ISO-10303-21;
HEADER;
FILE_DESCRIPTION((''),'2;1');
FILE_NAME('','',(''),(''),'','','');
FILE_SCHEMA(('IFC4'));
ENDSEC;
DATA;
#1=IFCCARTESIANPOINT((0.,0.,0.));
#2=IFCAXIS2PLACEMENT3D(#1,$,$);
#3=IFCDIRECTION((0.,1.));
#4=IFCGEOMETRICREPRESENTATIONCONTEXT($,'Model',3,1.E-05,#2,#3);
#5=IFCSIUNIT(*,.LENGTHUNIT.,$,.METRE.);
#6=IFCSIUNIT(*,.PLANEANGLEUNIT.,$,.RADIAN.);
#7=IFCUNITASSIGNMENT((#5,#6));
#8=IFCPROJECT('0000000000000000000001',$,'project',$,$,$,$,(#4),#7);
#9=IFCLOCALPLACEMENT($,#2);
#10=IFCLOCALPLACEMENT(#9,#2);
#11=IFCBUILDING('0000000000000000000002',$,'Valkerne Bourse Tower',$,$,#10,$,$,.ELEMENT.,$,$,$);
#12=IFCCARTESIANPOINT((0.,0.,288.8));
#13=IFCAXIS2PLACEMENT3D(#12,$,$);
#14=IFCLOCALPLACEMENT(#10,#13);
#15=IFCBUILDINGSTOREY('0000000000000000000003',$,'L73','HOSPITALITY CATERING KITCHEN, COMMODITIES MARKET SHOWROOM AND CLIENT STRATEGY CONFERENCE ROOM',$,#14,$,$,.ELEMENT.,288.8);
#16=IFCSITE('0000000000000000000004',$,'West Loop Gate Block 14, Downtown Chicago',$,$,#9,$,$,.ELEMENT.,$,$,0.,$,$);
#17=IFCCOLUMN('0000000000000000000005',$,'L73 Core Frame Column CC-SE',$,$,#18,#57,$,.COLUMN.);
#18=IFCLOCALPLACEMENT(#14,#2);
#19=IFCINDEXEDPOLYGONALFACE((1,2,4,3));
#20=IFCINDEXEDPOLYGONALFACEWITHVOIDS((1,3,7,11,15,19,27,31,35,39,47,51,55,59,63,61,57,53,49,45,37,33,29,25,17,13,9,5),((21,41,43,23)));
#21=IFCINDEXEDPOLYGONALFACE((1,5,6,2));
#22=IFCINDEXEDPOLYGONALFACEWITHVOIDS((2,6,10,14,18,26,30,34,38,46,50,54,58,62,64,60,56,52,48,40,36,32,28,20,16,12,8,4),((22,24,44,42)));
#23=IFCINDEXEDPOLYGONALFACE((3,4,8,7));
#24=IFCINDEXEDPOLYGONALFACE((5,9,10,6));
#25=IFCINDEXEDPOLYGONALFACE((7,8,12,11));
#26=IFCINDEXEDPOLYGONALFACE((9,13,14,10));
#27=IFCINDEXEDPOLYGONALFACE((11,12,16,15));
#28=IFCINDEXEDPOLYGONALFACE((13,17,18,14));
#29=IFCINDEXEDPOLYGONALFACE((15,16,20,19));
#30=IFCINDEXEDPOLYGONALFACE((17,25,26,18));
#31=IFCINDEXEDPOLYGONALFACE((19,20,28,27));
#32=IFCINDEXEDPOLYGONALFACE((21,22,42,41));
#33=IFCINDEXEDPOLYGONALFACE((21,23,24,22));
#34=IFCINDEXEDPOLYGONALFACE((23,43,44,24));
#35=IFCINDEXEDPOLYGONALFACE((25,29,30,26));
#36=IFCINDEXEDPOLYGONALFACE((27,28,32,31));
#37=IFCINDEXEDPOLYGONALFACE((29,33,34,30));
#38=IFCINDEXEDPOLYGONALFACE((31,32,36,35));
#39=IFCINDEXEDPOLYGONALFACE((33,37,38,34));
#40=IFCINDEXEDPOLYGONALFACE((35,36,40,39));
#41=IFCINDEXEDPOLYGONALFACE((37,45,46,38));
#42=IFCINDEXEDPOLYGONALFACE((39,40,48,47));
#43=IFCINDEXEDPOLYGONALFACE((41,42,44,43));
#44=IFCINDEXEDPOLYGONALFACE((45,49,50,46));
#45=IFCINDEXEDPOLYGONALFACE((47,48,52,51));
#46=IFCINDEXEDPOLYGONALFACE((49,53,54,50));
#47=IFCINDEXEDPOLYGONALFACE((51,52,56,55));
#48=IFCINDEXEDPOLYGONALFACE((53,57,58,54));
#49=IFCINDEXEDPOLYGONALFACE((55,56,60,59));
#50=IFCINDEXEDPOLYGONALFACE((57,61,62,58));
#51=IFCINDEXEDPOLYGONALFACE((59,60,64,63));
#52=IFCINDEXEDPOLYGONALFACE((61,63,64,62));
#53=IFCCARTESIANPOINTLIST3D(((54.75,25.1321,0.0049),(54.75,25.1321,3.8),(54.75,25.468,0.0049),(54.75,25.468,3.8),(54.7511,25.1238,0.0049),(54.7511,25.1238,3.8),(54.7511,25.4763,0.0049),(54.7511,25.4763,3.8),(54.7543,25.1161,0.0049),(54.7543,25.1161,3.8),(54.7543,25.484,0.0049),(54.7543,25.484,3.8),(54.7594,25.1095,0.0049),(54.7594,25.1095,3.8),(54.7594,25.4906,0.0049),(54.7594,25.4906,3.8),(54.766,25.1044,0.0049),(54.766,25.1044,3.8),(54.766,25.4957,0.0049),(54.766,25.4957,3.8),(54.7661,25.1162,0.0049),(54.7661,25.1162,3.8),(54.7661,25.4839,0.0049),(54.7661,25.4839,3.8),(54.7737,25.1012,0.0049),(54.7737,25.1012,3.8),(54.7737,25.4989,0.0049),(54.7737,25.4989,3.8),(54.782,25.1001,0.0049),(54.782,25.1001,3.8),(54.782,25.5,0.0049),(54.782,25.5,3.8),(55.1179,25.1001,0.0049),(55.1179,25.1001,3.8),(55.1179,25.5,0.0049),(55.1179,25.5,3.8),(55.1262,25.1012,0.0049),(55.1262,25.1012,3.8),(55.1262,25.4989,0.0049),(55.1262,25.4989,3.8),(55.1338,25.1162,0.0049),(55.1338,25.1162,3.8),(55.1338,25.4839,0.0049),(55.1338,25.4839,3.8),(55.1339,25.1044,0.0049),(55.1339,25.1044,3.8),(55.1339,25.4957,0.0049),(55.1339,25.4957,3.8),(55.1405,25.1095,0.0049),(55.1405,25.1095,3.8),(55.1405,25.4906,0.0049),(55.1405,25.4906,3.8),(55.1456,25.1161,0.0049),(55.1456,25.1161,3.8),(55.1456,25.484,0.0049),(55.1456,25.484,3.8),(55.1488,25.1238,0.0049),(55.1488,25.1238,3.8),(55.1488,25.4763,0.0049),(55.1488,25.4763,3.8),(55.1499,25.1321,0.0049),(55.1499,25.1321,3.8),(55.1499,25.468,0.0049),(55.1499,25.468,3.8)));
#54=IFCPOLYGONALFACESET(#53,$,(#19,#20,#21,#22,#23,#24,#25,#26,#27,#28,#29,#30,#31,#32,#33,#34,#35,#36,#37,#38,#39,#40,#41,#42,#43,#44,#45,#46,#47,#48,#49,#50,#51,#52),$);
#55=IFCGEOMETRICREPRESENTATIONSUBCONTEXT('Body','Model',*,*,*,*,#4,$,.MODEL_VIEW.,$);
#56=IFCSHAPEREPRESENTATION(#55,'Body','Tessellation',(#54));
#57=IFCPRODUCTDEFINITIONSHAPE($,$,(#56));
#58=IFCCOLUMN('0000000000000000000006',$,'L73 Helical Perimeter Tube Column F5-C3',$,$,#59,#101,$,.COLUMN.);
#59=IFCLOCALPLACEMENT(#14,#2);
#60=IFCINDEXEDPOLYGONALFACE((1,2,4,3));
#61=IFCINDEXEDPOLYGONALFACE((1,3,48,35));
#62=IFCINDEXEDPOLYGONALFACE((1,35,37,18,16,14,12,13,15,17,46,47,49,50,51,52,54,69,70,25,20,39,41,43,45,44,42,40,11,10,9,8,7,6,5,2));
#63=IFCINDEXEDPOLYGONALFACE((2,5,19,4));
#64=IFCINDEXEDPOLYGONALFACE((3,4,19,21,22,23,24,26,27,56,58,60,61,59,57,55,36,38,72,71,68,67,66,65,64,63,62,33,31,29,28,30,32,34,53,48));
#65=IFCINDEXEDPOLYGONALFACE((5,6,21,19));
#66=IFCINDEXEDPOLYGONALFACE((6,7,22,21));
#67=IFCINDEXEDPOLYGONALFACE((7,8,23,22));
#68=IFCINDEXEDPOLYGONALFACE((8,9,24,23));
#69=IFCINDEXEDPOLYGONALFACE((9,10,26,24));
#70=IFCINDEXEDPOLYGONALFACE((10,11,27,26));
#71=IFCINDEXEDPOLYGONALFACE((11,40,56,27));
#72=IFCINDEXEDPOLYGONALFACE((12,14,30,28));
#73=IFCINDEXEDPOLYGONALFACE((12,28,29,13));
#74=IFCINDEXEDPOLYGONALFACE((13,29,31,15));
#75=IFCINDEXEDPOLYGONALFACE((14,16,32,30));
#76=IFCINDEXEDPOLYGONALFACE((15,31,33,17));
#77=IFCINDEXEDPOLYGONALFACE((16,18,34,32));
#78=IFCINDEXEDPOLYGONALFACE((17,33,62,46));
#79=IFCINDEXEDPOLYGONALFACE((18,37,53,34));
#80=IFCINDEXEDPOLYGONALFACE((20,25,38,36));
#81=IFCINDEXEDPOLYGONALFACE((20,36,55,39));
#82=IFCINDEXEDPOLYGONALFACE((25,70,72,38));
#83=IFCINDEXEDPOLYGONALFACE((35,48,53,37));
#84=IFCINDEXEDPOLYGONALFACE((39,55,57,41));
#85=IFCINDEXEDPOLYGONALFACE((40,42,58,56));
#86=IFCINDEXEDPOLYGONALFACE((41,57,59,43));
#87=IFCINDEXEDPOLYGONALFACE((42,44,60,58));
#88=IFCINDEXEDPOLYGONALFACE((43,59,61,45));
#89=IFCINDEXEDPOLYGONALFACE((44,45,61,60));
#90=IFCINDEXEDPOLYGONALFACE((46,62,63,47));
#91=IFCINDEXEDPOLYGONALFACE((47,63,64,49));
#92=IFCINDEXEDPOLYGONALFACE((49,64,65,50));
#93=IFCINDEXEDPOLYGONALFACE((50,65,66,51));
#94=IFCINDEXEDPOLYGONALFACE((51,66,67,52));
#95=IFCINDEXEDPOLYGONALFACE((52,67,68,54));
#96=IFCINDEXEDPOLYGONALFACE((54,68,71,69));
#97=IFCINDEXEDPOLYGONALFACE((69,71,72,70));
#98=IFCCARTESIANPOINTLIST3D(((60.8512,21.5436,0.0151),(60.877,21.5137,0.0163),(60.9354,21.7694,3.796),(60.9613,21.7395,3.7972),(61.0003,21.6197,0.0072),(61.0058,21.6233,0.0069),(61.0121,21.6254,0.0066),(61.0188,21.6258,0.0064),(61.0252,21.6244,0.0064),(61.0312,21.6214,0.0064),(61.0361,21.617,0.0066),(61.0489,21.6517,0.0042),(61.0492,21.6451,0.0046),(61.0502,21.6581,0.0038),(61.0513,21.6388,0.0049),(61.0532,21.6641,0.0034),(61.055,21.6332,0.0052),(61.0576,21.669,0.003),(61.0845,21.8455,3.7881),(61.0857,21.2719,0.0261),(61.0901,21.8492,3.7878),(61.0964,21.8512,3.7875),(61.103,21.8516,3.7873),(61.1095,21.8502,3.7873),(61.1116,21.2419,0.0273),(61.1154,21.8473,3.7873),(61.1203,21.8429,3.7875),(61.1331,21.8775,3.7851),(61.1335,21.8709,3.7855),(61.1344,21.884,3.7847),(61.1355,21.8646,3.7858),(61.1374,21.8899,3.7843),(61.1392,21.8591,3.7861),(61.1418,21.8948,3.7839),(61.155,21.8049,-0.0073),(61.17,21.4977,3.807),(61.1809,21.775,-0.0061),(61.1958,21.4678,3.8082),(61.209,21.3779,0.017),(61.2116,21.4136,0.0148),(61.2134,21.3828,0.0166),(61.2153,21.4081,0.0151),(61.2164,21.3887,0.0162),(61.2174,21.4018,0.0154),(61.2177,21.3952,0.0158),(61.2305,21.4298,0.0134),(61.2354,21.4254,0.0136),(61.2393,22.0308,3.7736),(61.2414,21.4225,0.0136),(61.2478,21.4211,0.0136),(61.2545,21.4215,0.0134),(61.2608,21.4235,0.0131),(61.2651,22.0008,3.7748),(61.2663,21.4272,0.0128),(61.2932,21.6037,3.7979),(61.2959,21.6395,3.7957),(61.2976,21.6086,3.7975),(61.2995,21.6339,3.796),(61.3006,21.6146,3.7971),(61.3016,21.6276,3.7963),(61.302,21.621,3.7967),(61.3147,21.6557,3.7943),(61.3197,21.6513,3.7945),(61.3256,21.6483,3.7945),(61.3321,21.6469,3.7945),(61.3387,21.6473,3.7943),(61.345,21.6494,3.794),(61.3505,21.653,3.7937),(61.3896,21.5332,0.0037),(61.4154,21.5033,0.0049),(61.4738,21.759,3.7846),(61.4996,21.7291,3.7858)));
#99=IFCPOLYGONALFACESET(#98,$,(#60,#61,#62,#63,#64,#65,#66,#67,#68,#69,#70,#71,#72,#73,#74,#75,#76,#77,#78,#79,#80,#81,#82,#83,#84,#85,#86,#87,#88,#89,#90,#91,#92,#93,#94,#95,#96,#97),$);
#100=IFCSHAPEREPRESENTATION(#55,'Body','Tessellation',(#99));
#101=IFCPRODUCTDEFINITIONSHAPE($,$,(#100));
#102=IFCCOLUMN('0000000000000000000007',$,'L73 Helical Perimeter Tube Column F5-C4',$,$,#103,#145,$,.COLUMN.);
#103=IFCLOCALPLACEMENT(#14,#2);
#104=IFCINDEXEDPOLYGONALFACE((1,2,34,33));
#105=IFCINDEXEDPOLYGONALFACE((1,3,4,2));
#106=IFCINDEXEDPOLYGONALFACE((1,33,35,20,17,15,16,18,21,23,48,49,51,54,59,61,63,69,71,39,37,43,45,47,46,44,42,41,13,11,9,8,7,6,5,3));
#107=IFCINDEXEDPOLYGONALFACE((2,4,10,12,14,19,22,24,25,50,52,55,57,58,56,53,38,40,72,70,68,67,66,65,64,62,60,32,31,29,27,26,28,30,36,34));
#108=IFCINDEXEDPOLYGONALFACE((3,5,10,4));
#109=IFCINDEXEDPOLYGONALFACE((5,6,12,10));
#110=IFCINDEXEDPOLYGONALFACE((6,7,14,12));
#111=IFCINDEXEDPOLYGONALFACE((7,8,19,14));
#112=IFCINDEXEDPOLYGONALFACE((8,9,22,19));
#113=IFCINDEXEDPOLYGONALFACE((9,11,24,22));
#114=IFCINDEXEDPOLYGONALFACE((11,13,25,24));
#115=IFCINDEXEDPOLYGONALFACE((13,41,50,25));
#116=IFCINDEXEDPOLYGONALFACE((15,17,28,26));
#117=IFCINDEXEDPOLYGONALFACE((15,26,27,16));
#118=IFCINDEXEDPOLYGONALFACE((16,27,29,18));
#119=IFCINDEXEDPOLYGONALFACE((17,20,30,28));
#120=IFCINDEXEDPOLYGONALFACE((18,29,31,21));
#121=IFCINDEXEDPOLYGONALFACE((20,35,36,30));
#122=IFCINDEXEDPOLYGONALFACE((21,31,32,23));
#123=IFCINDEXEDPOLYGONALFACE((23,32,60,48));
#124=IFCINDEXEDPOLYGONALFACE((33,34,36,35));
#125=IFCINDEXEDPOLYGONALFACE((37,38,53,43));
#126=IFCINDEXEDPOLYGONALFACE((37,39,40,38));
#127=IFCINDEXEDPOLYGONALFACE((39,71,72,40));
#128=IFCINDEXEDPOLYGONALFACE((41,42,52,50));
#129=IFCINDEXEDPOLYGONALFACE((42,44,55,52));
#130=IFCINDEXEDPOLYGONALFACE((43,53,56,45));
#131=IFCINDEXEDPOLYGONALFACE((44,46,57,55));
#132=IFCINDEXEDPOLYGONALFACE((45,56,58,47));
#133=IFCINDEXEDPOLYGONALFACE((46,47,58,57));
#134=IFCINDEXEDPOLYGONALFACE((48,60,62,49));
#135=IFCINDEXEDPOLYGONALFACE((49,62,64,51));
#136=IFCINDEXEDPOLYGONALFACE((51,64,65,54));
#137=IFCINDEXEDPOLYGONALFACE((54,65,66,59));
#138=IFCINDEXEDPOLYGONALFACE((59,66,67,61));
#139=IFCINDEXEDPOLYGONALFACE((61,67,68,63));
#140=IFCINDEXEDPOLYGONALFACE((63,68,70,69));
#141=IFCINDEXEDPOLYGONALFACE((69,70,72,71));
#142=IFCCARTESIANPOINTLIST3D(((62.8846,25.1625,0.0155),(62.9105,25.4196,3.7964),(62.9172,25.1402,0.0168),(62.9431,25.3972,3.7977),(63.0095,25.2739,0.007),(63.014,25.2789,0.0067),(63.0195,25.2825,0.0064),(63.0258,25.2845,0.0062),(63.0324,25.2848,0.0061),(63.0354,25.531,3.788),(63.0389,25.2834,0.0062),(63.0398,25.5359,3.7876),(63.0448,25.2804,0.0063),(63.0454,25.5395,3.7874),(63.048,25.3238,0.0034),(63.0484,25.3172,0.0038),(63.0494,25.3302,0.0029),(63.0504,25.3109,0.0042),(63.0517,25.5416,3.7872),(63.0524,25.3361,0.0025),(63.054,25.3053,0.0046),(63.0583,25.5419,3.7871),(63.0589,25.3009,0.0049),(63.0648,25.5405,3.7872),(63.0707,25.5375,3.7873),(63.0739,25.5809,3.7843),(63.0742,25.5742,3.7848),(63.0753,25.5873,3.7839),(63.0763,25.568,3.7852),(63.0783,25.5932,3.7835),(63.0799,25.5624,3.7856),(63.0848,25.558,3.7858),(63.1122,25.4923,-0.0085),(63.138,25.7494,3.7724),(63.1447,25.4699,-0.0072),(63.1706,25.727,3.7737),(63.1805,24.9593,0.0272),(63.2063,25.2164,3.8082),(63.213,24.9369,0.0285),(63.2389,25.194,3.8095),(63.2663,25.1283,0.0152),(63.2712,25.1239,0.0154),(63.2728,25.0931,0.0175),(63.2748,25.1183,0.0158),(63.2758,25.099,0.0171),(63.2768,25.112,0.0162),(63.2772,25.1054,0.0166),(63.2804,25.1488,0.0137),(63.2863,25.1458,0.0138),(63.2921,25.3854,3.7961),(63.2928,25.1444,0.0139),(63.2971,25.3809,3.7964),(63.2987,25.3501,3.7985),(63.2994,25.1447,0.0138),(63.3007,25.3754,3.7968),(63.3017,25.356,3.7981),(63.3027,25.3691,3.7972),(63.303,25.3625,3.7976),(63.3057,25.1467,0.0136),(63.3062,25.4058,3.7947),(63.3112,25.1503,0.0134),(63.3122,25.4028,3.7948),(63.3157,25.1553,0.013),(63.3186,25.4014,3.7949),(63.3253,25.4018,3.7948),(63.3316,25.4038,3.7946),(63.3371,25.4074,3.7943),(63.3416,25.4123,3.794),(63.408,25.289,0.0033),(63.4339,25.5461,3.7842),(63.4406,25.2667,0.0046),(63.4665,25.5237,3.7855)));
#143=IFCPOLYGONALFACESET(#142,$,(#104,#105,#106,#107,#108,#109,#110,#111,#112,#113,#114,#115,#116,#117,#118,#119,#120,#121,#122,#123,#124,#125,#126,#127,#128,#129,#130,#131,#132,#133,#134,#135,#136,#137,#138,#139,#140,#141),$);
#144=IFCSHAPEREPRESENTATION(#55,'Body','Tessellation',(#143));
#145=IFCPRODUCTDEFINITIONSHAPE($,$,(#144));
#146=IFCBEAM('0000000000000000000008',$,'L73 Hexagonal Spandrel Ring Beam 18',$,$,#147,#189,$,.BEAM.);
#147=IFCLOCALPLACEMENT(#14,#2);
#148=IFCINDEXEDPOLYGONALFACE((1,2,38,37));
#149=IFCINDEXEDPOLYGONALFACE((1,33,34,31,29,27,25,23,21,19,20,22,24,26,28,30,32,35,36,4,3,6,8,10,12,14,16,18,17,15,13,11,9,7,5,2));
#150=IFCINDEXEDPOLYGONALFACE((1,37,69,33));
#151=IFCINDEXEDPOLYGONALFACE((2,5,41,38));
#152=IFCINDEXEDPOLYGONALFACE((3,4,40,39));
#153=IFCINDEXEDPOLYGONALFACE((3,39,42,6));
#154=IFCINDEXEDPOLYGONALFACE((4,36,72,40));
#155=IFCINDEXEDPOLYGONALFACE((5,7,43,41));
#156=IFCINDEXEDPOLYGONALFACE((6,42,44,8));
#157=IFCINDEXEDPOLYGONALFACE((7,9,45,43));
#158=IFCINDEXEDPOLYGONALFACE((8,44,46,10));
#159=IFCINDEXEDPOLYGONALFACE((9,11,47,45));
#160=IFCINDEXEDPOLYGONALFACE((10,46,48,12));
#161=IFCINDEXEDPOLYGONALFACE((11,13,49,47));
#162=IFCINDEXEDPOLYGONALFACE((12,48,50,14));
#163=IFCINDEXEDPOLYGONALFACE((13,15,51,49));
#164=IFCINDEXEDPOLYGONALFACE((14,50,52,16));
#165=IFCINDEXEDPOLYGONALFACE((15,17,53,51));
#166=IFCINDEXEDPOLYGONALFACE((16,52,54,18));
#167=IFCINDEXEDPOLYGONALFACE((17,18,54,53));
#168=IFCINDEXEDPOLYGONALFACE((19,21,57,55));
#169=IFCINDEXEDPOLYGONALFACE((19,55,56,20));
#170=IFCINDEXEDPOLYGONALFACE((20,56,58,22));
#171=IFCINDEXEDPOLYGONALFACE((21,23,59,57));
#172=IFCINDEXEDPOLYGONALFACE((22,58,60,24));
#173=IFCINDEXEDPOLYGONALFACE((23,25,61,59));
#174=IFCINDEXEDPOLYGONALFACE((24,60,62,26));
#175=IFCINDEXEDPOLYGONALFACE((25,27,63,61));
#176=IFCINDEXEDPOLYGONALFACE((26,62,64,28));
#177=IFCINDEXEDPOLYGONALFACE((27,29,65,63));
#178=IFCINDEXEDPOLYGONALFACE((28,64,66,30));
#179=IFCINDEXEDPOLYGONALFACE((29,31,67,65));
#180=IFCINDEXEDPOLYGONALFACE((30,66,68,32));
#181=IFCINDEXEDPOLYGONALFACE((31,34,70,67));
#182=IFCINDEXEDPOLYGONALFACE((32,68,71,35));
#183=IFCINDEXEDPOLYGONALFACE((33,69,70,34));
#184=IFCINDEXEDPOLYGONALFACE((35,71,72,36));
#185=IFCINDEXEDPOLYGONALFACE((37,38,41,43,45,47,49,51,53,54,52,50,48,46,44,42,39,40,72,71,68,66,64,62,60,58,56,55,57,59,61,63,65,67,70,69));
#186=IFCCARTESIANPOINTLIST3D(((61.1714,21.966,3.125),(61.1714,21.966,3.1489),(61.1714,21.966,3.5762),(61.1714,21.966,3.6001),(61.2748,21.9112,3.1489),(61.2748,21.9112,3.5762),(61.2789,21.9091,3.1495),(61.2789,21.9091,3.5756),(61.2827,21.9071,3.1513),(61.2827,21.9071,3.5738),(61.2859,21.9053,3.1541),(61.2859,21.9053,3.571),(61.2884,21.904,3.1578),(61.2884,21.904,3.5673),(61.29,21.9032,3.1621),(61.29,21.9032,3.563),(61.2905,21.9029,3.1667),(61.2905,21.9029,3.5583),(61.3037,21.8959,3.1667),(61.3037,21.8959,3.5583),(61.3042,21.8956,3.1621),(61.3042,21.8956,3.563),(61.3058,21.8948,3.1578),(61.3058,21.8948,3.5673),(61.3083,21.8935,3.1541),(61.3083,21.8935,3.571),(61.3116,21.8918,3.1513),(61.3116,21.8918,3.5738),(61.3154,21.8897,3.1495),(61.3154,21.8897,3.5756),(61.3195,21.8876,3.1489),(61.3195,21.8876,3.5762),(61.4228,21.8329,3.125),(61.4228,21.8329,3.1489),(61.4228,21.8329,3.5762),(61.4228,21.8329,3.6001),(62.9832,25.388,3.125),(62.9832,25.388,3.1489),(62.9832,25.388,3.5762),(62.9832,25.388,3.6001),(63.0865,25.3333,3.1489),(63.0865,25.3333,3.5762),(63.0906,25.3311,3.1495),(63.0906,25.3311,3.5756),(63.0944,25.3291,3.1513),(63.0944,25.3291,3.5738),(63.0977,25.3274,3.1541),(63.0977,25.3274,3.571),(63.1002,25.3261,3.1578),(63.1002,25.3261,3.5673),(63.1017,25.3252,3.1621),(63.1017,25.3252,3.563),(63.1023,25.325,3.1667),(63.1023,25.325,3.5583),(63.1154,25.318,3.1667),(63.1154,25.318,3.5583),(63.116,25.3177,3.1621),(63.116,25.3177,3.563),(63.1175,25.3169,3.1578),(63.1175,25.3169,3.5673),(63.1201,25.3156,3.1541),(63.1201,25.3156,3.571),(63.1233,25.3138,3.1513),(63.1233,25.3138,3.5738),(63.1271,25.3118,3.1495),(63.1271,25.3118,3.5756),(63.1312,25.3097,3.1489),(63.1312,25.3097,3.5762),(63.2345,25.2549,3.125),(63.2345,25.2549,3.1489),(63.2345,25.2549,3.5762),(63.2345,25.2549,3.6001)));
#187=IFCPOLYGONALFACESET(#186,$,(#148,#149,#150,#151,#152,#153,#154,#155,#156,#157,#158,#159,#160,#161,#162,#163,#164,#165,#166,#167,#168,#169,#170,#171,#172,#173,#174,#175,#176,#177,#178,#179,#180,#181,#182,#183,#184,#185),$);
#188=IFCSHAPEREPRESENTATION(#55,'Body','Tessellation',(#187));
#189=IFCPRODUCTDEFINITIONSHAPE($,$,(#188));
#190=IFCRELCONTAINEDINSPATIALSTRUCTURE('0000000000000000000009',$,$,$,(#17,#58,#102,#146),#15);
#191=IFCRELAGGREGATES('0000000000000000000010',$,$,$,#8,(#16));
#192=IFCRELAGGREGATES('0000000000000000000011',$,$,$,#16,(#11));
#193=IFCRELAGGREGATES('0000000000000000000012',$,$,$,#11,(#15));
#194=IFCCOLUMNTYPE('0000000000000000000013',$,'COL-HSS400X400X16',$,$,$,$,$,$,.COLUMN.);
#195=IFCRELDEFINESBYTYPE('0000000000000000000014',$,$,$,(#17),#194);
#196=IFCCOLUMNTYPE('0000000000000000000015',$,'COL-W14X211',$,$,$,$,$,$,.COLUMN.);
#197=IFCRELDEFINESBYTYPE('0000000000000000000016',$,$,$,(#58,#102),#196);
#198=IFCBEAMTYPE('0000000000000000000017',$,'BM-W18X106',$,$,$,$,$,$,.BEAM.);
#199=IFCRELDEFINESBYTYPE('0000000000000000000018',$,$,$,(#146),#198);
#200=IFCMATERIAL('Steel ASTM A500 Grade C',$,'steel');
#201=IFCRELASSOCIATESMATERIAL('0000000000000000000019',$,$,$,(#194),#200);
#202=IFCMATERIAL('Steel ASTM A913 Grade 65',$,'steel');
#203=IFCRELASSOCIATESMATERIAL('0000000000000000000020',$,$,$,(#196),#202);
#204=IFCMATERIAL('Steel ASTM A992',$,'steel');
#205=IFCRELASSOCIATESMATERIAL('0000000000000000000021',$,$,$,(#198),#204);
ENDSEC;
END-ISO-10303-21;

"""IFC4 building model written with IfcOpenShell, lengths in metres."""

from ifc_helpers import new_model, si_unit, direction, frame, origin, origin_2d, place, context, subcontext, project, spatial, hollow_rectangle, i_section, extrude, material, material_profile, profile_set, type_object, element, save


model = new_model("IFC4")

# Units and contexts
model_context = context("Model", 3, precision=1e-05, world=origin(), true_north=direction((0.0, 1.0)))
body_context = subcontext(model_context, "Body", "Model", "MODEL_VIEW")
ifc_project = project(units=[si_unit("LENGTHUNIT", "METRE"), si_unit("PLANEANGLEUNIT", "RADIAN")], contexts=[model_context])

# Site, building, storey
site_placement = place(None, origin())
site = spatial("IfcSite", under=ifc_project, at=site_placement, Name="West Loop Gate Block 14, Downtown Chicago", CompositionType="ELEMENT", RefElevation=0.0)
building_placement = place(site_placement, origin())
building = spatial("IfcBuilding", under=site, at=building_placement, Name="Valkerne Bourse Tower", CompositionType="ELEMENT")
storey_placement = place(building_placement, frame((0.0, 0.0, 288.8)))
storey = spatial("IfcBuildingStorey", under=building, at=storey_placement, Name="L73", Description="HOSPITALITY CATERING KITCHEN, COMMODITIES MARKET SHOWROOM AND CLIENT STRATEGY CONFERENCE ROOM", CompositionType="ELEMENT", Elevation=288.8)

# Columns
ifc_material_1 = material(Name="Steel ASTM A500 Grade C", Category="steel")
ifc_material_profile_1 = material_profile(ifc_material_1, hollow_rectangle(XDim=0.3999, YDim=0.3999, WallThickness=0.0161, OuterFilletRadius=0.032, at=origin_2d()), Name="HSS400X400X16")
ifc_profile_set_1 = profile_set([ifc_material_profile_1], Name="Steel ASTM A500 Grade C")
column_type_1 = type_object("IfcColumnType", Name="COL-HSS400X400X16", PredefinedType="COLUMN", material=ifc_profile_set_1)
column_1_placement = place(storey_placement, frame((54.95, 25.3, 0.0049), z_axis=(0.0, 0.0, 1.0), x_axis=(1.0, 0.0, 0.0)))
element("IfcColumn", 1, at=column_1_placement, inside=storey, type_object=column_type_1, Name="L73 Core Frame Column CC-SE", PredefinedType="COLUMN", context=body_context, shape_type="SweptSolid", body=[
    extrude(hollow_rectangle(XDim=0.3999, YDim=0.3999, WallThickness=0.0161, OuterFilletRadius=0.032, at=origin_2d()), origin(), (0.0, 0.0, 1.0), 3.7952),
])
ifc_material_2 = material(Name="Steel ASTM A913 Grade 65", Category="steel")
ifc_material_profile_2 = material_profile(ifc_material_2, i_section(OverallWidth=0.4014, OverallDepth=0.3987, WebThickness=0.0249, FlangeThickness=0.0396, FilletRadius=0.0254, at=origin_2d()), Name="W14X211")
ifc_profile_set_2 = profile_set([ifc_material_profile_2], Name="Steel ASTM A913 Grade 65")
column_type_2 = type_object("IfcColumnType", Name="COL-W14X211", PredefinedType="COLUMN", material=ifc_profile_set_2)
column_2_placement = place(storey_placement, frame((61.1333, 21.5234, 0.01), z_axis=(0.022232, 0.059607, 0.997974), x_axis=(-0.756992, -0.651042, 0.055748)))
element("IfcColumn", 2, at=column_2_placement, inside=storey, type_object=column_type_2, Name="L73 Helical Perimeter Tube Column F5-C3", PredefinedType="COLUMN", context=body_context, shape_type="SweptSolid", body=[
    extrude(i_section(OverallWidth=0.4014, OverallDepth=0.3987, WebThickness=0.0249, FlangeThickness=0.0396, FilletRadius=0.0254, at=origin_2d()), origin(), (0.0, 0.0, 1.0), 3.7886),
])
column_3_placement = place(storey_placement, frame((63.1626, 25.2146, 0.01), z_axis=(0.006829, 0.067834, 0.997673), x_axis=(-0.566897, -0.82162, 0.059744)))
element("IfcColumn", 3, at=column_3_placement, inside=storey, type_object=column_type_2, Name="L73 Helical Perimeter Tube Column F5-C4", PredefinedType="COLUMN", context=body_context, shape_type="SweptSolid", body=[
    extrude(i_section(OverallWidth=0.4014, OverallDepth=0.3987, WebThickness=0.0249, FlangeThickness=0.0396, FilletRadius=0.0254, at=origin_2d()), origin(), (0.0, 0.0, 1.0), 3.7898),
])

# Beam
ifc_material_3 = material(Name="Steel ASTM A992", Category="steel")
ifc_material_profile_3 = material_profile(ifc_material_3, i_section(OverallWidth=0.2844, OverallDepth=0.4751, WebThickness=0.0149, FlangeThickness=0.0239, FilletRadius=0.0178, at=origin_2d()), Name="W18X106")
ifc_profile_set_3 = profile_set([ifc_material_profile_3], Name="Steel ASTM A992")
beam_type_1 = type_object("IfcBeamType", Name="BM-W18X106", PredefinedType="BEAM", material=ifc_profile_set_3)
beam_1_placement = place(storey_placement, frame((61.2971, 21.8994, 3.3625), z_axis=(0.467899, 0.883782, 0.0), x_axis=(-0.883782, 0.467899, 0.0)))
element("IfcBeam", 4, at=beam_1_placement, inside=storey, type_object=beam_type_1, Name="L73 Hexagonal Spandrel Ring Beam 18", PredefinedType="BEAM", context=body_context, shape_type="SweptSolid", body=[
    extrude(i_section(OverallWidth=0.2844, OverallDepth=0.4751, WebThickness=0.0149, FlangeThickness=0.0239, FilletRadius=0.0178, at=origin_2d()), origin(), (0.0, 0.0, 1.0), 3.8721),
])

save(model, "model.ifc")
